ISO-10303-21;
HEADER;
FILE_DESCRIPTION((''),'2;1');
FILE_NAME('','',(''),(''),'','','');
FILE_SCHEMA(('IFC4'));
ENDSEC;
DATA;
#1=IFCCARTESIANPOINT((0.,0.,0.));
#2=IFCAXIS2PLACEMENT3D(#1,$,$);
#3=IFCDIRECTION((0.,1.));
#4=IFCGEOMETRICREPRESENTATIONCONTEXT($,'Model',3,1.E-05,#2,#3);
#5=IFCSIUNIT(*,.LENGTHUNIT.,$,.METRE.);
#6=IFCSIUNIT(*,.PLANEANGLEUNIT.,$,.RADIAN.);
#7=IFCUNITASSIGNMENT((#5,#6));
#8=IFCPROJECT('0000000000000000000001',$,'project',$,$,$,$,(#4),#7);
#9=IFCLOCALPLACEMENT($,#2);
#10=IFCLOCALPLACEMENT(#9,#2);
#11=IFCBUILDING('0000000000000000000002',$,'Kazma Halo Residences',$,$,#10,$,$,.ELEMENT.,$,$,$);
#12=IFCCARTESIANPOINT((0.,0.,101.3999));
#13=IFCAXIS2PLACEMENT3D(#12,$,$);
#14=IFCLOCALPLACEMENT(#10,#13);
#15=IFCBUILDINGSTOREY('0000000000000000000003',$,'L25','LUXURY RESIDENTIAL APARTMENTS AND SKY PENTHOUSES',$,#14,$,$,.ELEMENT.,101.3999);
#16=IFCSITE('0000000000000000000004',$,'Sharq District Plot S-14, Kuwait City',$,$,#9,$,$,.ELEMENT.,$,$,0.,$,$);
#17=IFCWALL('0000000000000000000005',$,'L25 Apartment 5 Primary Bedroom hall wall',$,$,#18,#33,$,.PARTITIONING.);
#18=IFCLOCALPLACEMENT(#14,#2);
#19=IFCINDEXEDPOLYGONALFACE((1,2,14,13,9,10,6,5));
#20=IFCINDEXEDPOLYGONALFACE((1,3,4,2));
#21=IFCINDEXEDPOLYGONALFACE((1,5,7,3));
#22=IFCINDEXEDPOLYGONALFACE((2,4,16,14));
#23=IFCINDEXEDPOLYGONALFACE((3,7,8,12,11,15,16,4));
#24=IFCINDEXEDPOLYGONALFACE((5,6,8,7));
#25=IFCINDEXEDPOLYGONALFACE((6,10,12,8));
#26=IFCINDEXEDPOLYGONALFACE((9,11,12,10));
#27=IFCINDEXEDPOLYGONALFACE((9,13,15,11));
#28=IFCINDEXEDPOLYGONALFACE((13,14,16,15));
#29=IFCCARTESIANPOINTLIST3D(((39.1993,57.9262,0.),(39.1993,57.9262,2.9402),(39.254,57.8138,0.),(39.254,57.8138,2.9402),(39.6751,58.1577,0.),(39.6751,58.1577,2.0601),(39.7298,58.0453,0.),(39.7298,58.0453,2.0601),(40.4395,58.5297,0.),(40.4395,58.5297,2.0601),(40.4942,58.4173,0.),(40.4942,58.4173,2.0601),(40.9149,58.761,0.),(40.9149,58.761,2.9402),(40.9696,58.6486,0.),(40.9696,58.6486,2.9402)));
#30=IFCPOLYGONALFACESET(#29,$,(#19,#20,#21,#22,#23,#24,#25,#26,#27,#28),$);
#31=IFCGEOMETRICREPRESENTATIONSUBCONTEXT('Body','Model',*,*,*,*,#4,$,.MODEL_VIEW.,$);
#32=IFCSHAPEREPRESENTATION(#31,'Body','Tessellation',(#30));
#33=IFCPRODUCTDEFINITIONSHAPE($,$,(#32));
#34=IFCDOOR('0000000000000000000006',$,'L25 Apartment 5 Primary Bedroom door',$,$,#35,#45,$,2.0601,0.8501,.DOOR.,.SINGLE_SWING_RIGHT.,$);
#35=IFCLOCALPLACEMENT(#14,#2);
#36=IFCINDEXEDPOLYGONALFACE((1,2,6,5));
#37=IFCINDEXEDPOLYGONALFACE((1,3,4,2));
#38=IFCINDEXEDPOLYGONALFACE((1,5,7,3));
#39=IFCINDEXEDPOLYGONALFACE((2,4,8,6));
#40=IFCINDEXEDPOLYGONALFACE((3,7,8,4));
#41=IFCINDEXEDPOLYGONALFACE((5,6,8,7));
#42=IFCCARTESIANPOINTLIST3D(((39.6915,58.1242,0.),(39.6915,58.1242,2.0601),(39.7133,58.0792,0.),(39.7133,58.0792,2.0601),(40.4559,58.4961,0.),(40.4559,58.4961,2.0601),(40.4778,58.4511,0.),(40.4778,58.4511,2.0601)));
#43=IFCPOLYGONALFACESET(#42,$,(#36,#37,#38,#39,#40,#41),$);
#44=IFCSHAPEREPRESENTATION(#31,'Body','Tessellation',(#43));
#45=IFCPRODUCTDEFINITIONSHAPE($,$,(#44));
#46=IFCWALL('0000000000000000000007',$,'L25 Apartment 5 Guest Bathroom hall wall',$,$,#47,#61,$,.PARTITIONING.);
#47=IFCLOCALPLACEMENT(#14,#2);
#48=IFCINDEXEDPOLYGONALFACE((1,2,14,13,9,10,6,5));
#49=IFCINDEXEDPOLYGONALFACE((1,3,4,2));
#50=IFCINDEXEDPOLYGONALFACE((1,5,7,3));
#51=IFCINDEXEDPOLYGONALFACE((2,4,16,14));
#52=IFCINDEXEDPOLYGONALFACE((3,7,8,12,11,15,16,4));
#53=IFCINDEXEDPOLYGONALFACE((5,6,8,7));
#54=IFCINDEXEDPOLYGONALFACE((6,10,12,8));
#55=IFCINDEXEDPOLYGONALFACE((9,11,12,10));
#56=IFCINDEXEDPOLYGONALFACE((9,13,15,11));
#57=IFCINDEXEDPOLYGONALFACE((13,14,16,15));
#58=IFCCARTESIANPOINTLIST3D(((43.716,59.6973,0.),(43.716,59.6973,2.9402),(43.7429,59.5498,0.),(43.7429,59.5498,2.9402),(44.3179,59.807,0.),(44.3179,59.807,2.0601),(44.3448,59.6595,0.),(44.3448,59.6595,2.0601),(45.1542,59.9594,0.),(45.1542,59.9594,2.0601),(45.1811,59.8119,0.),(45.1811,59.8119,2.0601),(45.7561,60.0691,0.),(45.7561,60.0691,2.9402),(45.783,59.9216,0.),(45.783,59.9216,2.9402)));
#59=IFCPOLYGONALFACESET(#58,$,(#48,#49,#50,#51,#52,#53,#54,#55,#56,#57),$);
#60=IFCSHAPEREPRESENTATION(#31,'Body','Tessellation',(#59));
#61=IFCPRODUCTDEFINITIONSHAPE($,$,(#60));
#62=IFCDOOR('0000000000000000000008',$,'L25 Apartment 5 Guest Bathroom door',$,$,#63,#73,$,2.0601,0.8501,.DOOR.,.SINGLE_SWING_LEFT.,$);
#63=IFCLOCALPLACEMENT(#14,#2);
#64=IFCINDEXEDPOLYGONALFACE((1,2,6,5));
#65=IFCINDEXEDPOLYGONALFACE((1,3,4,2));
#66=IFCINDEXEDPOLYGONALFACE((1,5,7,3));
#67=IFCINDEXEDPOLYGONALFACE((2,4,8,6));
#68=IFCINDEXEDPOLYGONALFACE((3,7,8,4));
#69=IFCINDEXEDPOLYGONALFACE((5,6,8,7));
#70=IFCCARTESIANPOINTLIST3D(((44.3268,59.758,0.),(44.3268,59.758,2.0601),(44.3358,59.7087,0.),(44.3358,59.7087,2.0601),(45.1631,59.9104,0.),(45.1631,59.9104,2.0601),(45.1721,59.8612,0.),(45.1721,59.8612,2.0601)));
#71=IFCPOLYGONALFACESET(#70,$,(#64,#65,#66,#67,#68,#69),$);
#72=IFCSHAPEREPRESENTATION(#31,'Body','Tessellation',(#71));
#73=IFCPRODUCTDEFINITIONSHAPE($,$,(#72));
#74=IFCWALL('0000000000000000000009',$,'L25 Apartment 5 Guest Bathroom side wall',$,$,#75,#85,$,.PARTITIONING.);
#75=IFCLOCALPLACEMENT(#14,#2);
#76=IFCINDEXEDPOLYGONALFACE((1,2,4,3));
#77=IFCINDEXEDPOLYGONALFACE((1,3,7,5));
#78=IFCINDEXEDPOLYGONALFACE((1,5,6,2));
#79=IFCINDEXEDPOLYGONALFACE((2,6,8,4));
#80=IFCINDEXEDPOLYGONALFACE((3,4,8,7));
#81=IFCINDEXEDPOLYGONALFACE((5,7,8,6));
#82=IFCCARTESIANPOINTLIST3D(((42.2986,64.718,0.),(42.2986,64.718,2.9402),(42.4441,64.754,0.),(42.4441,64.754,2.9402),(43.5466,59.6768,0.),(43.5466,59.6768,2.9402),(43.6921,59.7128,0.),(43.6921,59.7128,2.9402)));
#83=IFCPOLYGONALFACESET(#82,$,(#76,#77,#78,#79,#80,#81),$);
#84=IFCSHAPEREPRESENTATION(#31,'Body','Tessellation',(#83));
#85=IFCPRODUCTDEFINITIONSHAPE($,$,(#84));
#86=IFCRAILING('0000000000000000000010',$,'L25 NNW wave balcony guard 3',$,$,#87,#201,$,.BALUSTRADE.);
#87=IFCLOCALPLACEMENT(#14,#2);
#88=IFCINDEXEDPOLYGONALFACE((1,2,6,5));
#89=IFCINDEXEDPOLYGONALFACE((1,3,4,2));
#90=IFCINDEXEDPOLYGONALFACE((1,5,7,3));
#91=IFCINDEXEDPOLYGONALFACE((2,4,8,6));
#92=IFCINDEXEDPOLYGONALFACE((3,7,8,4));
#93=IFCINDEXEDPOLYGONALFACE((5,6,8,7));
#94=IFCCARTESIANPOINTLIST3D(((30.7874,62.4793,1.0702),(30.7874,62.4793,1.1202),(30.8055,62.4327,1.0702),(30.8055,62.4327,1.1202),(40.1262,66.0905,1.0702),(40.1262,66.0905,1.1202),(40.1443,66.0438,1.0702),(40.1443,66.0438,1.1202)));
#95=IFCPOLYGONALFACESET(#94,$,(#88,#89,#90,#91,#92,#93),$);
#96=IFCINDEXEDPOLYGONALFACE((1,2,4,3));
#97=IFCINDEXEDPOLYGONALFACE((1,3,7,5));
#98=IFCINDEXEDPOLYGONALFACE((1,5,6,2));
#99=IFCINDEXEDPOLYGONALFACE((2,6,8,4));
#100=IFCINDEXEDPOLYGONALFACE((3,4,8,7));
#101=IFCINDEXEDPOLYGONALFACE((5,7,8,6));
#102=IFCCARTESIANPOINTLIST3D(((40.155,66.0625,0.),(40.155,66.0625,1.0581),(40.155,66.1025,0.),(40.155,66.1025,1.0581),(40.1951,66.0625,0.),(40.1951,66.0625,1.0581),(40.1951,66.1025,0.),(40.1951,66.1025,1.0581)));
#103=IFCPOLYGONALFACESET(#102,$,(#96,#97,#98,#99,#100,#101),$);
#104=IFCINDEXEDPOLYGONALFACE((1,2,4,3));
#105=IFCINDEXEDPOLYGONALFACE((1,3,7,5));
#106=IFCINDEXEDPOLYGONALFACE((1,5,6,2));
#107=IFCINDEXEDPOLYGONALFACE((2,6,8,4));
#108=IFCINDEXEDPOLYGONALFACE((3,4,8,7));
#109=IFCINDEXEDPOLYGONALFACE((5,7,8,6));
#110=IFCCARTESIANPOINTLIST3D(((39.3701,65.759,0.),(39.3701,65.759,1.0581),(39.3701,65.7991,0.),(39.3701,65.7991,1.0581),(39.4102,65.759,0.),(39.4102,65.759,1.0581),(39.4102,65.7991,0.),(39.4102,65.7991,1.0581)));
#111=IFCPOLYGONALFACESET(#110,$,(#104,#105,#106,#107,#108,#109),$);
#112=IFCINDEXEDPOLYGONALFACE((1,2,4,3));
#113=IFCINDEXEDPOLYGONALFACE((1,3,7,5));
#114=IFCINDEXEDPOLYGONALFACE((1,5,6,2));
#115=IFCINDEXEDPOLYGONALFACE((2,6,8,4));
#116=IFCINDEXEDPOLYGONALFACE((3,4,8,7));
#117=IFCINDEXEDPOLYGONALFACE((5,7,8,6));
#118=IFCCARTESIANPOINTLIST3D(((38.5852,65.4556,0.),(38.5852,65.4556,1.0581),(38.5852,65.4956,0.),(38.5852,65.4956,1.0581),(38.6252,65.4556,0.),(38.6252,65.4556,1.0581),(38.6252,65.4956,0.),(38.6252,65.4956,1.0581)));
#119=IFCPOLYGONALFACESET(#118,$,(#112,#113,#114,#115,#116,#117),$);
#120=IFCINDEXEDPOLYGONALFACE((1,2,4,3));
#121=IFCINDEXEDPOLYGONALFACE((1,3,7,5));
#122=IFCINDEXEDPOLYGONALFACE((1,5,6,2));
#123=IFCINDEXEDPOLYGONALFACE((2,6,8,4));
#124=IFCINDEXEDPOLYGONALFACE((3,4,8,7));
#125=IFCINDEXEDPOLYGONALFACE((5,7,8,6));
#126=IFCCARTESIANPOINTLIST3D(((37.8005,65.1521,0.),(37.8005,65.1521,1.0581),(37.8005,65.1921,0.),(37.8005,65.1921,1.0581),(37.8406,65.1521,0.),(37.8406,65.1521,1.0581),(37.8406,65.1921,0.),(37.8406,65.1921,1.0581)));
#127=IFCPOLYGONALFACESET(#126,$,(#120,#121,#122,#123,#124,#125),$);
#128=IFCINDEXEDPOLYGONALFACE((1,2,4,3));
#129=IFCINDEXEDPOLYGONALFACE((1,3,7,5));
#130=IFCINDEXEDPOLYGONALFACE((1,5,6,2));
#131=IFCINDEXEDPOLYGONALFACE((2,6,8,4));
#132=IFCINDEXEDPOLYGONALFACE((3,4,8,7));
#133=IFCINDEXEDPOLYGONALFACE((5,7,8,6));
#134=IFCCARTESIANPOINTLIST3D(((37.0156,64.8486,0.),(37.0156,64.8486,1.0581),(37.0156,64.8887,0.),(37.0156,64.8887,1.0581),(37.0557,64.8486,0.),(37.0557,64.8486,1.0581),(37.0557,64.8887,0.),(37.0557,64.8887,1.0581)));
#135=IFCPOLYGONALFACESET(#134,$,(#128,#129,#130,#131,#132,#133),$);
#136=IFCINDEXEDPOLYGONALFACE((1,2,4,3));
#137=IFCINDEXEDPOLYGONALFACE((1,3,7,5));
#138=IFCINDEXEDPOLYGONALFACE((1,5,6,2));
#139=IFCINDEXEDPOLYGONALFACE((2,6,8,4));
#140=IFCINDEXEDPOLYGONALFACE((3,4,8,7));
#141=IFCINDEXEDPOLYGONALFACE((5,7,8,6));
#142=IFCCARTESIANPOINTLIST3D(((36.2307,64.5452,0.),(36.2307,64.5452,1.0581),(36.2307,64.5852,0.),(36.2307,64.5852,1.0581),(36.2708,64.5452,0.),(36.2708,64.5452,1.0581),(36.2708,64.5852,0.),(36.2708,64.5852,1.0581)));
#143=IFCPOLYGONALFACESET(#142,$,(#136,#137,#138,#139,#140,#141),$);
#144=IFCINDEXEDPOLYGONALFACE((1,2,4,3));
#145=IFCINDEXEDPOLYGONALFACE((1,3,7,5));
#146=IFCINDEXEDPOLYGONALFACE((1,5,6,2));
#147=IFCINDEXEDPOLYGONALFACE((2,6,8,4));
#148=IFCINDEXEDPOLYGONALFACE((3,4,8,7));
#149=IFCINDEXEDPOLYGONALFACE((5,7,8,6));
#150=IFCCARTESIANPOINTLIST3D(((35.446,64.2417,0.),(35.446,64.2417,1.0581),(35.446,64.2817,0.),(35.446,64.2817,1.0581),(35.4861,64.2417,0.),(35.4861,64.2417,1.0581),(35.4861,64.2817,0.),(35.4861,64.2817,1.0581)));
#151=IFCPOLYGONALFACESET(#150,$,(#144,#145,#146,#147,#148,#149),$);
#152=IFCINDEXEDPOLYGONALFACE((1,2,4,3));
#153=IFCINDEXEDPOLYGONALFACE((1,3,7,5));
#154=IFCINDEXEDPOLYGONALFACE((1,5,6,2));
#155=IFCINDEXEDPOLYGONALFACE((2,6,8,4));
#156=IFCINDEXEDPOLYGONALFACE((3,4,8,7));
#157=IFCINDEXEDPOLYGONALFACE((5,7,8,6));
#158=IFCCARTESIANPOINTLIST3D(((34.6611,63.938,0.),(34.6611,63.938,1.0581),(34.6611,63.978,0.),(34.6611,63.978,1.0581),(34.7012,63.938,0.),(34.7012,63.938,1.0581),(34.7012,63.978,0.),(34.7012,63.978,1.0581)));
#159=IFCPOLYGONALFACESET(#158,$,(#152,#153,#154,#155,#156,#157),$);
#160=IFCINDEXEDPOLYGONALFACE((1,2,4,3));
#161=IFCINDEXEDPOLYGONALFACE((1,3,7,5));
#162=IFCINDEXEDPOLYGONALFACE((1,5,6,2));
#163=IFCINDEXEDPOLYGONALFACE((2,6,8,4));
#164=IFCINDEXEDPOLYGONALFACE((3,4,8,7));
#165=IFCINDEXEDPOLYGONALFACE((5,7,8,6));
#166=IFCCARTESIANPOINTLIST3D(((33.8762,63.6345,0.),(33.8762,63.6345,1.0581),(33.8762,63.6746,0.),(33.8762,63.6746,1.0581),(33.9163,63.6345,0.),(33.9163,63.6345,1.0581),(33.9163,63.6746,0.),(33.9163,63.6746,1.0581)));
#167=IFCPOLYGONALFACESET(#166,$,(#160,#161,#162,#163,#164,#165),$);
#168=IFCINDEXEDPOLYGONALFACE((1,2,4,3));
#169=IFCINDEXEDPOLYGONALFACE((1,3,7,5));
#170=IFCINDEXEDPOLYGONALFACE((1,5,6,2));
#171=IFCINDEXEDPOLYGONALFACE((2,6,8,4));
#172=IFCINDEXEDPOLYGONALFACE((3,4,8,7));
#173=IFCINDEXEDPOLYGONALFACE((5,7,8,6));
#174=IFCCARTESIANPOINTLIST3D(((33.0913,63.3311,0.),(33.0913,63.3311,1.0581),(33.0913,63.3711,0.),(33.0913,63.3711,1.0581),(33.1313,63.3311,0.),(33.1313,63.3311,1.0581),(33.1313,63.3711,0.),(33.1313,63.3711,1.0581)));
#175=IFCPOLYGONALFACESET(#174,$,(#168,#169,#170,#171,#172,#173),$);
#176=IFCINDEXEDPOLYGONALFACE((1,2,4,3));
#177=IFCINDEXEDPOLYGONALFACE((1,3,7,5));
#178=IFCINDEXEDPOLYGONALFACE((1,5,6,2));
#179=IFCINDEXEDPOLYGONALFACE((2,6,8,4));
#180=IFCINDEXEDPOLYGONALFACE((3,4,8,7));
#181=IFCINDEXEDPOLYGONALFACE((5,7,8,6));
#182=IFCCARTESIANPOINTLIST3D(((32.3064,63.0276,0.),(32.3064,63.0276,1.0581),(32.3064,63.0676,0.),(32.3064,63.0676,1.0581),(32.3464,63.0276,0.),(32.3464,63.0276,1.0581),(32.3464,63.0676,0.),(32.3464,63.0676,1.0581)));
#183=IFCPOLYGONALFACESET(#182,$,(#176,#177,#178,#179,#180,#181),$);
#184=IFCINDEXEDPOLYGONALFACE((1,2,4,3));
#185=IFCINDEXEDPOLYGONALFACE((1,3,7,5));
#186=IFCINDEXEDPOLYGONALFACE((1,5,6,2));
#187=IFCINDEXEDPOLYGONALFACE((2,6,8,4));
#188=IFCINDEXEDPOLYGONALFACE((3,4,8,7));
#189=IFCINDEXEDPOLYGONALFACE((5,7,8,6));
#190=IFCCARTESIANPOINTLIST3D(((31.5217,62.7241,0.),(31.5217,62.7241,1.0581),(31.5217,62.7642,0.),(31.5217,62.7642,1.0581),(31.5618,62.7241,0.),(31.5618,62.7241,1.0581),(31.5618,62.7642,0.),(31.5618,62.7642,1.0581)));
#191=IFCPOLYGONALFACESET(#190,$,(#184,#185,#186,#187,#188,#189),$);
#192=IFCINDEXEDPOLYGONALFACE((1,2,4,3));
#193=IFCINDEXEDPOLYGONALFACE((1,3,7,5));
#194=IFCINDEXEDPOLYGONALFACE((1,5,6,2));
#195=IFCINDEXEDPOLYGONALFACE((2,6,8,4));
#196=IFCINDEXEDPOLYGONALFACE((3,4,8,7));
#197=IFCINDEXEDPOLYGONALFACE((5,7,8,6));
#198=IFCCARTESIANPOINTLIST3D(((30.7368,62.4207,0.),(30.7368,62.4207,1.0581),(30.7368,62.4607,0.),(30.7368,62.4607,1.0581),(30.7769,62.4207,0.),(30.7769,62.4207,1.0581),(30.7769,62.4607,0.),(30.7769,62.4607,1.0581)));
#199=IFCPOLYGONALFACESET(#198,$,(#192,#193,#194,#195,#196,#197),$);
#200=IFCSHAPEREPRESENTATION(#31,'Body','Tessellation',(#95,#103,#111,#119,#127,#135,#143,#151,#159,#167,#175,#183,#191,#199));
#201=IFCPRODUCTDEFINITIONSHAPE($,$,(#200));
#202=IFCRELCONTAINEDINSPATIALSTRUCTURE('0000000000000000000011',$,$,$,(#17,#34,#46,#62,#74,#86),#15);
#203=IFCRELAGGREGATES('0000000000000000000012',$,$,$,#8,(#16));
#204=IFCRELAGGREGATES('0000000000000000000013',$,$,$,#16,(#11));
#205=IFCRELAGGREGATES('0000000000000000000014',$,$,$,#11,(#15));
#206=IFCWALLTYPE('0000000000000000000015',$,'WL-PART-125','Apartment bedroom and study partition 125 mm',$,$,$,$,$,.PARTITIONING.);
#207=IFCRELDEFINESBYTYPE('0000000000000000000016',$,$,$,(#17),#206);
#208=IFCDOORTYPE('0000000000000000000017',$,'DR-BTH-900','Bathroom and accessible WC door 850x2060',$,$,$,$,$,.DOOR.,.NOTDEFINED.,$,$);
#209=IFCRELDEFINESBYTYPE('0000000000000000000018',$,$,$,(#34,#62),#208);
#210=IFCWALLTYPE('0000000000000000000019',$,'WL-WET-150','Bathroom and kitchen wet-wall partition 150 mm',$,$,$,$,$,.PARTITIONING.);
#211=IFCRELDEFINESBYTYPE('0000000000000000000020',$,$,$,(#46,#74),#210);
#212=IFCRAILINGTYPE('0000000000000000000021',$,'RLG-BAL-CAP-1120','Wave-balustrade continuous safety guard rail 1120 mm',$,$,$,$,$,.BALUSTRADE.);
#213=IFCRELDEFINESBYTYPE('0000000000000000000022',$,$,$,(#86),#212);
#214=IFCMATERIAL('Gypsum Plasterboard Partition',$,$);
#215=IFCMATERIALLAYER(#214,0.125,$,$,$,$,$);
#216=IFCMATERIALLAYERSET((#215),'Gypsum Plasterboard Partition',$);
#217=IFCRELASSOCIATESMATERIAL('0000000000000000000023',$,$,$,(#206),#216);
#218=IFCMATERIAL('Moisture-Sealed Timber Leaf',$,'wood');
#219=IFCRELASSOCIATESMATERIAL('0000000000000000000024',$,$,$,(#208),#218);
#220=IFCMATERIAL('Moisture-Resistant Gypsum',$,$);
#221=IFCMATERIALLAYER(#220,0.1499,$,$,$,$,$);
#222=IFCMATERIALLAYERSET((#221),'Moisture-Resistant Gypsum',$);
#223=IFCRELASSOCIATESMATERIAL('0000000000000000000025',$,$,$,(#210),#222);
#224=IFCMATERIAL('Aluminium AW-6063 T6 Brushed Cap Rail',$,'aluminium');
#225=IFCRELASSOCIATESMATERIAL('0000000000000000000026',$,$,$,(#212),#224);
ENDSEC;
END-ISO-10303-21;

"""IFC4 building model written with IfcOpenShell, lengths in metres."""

from ifc_helpers import new_model, si_unit, direction, frame, frame_2d, origin, origin_2d, place, context, subcontext, project, spatial, rectangle, extrude, material, layer, layer_set, type_object, element, fill, save


model = new_model("IFC4")

# Units and contexts
model_context = context("Model", 3, precision=1e-05, world=origin(), true_north=direction((0.0, 1.0)))
body_context = subcontext(model_context, "Body", "Model", "MODEL_VIEW")
ifc_project = project(units=[si_unit("LENGTHUNIT", "METRE"), si_unit("PLANEANGLEUNIT", "RADIAN")], contexts=[model_context])

# Site, building, storey
site_placement = place(None, origin())
site = spatial("IfcSite", under=ifc_project, at=site_placement, Name="Sharq District Plot S-14, Kuwait City", CompositionType="ELEMENT", RefElevation=0.0)
building_placement = place(site_placement, origin())
building = spatial("IfcBuilding", under=site, at=building_placement, Name="Kazma Halo Residences", CompositionType="ELEMENT")
storey_placement = place(building_placement, frame((0.0, 0.0, 101.3999)))
storey = spatial("IfcBuildingStorey", under=building, at=storey_placement, Name="L25", Description="LUXURY RESIDENTIAL APARTMENTS AND SKY PENTHOUSES", CompositionType="ELEMENT", Elevation=101.3999)

# Shared definitions
ifc_material_1 = material(Name="Gypsum Plasterboard Partition")
ifc_layer_1 = layer(ifc_material_1, 0.125)
ifc_layer_set_1 = layer_set([ifc_layer_1], Name="Gypsum Plasterboard Partition")
wall_type_1 = type_object("IfcWallType", Name="WL-PART-125", Description="Apartment bedroom and study partition 125 mm", PredefinedType="PARTITIONING", material=ifc_layer_set_1)

# Walls, openings, doors
ifc_material_2 = material(Name="Moisture-Sealed Timber Leaf", Category="wood")
door_type_1 = type_object("IfcDoorType", Name="DR-BTH-900", Description="Bathroom and accessible WC door 850x2060", OperationType="NOTDEFINED", PredefinedType="DOOR", material=ifc_material_2)
wall_1_placement = place(storey_placement, frame((40.9424, 58.7048, 0.0), z_axis=(0.0, 0.0, 1.0), x_axis=(-0.899212, -0.437513, 0.0)))
wall_1 = element("IfcWall", 1, at=wall_1_placement, inside=storey, type_object=wall_type_1, Name="L25 Apartment 5 Primary Bedroom hall wall", PredefinedType="PARTITIONING", context=body_context, shape_type="SweptSolid", body=[
    extrude(rectangle(XDim=1.908, YDim=0.125, at=frame_2d((0.9541, 0.0))), origin(), (0.0, 0.0, 1.0), 2.9402),
])
opening_1_placement = place(wall_1_placement, frame((0.5288, 0.0, 0.0)))
opening_1 = element("IfcOpeningElement", 2, at=opening_1_placement, cuts=wall_1, PredefinedType="OPENING", context=body_context, shape_type="SweptSolid", body=[
    extrude(rectangle(XDim=0.8501, YDim=2.0601, at=frame_2d((0.425, 1.03))), frame((0.0, 0.0725, 0.0), z_axis=(0.0, -1.0, 0.0), x_axis=(1.0, 0.0, 0.0)), (0.0, 0.0, 1.0), 0.145),
])
door_1_placement = place(opening_1_placement, origin())
door_1 = element("IfcDoor", 3, at=door_1_placement, inside=storey, type_object=door_type_1, Name="L25 Apartment 5 Primary Bedroom door", OperationType="SINGLE_SWING_RIGHT", OverallHeight=2.0601, OverallWidth=0.8501, PredefinedType="DOOR", context=body_context, shape_type="SweptSolid", body=[
    extrude(rectangle(XDim=0.8501, YDim=2.0601, at=frame_2d((0.425, 1.03))), frame((0.0, 0.0249, 0.0), z_axis=(0.0, -1.0, 0.0), x_axis=(1.0, 0.0, 0.0)), (0.0, 0.0, 1.0), 0.05),
])
fill(opening_1, door_1)
ifc_material_3 = material(Name="Moisture-Resistant Gypsum")
ifc_layer_2 = layer(ifc_material_3, 0.1499)
ifc_layer_set_2 = layer_set([ifc_layer_2], Name="Moisture-Resistant Gypsum")
wall_type_2 = type_object("IfcWallType", Name="WL-WET-150", Description="Bathroom and kitchen wet-wall partition 150 mm", PredefinedType="PARTITIONING", material=ifc_layer_set_2)
wall_2_placement = place(storey_placement, frame((45.7695, 59.9954, 0.0), z_axis=(0.0, 0.0, 1.0), x_axis=(-0.983793, -0.17931, 0.0)))
wall_2 = element("IfcWall", 4, at=wall_2_placement, inside=storey, type_object=wall_type_2, Name="L25 Apartment 5 Guest Bathroom hall wall", PredefinedType="PARTITIONING", context=body_context, shape_type="SweptSolid", body=[
    extrude(rectangle(XDim=2.0737, YDim=0.1499, at=frame_2d((1.0369, 0.0))), origin(), (0.0, 0.0, 1.0), 2.9402),
])
opening_2_placement = place(wall_2_placement, frame((0.6118, 0.0, 0.0)))
opening_2 = element("IfcOpeningElement", 5, at=opening_2_placement, cuts=wall_2, PredefinedType="OPENING", context=body_context, shape_type="SweptSolid", body=[
    extrude(rectangle(XDim=0.8501, YDim=2.0601, at=frame_2d((0.425, 1.03))), frame((0.0, 0.085, 0.0), z_axis=(0.0, -1.0, 0.0), x_axis=(1.0, 0.0, 0.0)), (0.0, 0.0, 1.0), 0.1699),
])
door_2_placement = place(opening_2_placement, origin())
door_2 = element("IfcDoor", 6, at=door_2_placement, inside=storey, type_object=door_type_1, Name="L25 Apartment 5 Guest Bathroom door", OperationType="SINGLE_SWING_LEFT", OverallHeight=2.0601, OverallWidth=0.8501, PredefinedType="DOOR", context=body_context, shape_type="SweptSolid", body=[
    extrude(rectangle(XDim=0.8501, YDim=2.0601, at=frame_2d((0.425, 1.03))), frame((0.0, 0.0249, 0.0), z_axis=(0.0, -1.0, 0.0), x_axis=(1.0, 0.0, 0.0)), (0.0, 0.0, 1.0), 0.05),
])
fill(opening_2, door_2)

# Wall
wall_3_placement = place(storey_placement, frame((43.6194, 59.6948, 0.0), z_axis=(0.0, 0.0, 1.0), x_axis=(-0.240312, 0.970696, 0.0)))
element("IfcWall", 7, at=wall_3_placement, inside=storey, type_object=wall_type_2, Name="L25 Apartment 5 Guest Bathroom side wall", PredefinedType="PARTITIONING", context=body_context, shape_type="SweptSolid", body=[
    extrude(rectangle(XDim=5.1934, YDim=0.1499, at=frame_2d((2.5967, 0.0))), origin(), (0.0, 0.0, 1.0), 2.9402),
])

# Railing
ifc_material_4 = material(Name="Aluminium AW-6063 T6 Brushed Cap Rail", Category="aluminium")
railing_type = type_object("IfcRailingType", Name="RLG-BAL-CAP-1120", Description="Wave-balustrade continuous safety guard rail 1120 mm", PredefinedType="BALUSTRADE", material=ifc_material_4)
railing_placement = place(storey_placement, frame((40.175, 66.0825, 0.0)))
element("IfcRailing", 8, at=railing_placement, inside=storey, type_object=railing_type, Name="L25 NNW wave balcony guard 3", PredefinedType="BALUSTRADE", context=body_context, shape_type="SweptSolid", body=[
    extrude(rectangle(XDim=0.05, YDim=0.05, at=origin_2d()), frame((-0.0398, -0.0154, 1.0952), z_axis=(-0.932699, -0.360657, 0.0), x_axis=(0.360657, -0.932699, 0.0)), (0.0, 0.0, 1.0), 10.0127),
    extrude(rectangle(XDim=0.04, YDim=0.04, at=origin_2d()), origin(), (0.0, 0.0, 1.0), 1.0581),
    extrude(rectangle(XDim=0.04, YDim=0.04, at=origin_2d()), frame((-0.7849, -0.3035, 0.0)), (0.0, 0.0, 1.0), 1.0581),
    extrude(rectangle(XDim=0.04, YDim=0.04, at=origin_2d()), frame((-1.5698, -0.6069, 0.0)), (0.0, 0.0, 1.0), 1.0581),
    extrude(rectangle(XDim=0.04, YDim=0.04, at=origin_2d()), frame((-2.3545, -0.9104, 0.0)), (0.0, 0.0, 1.0), 1.0581),
    extrude(rectangle(XDim=0.04, YDim=0.04, at=origin_2d()), frame((-3.1394, -1.2139, 0.0)), (0.0, 0.0, 1.0), 1.0581),
    extrude(rectangle(XDim=0.04, YDim=0.04, at=origin_2d()), frame((-3.9243, -1.5173, 0.0)), (0.0, 0.0, 1.0), 1.0581),
    extrude(rectangle(XDim=0.04, YDim=0.04, at=origin_2d()), frame((-4.709, -1.8208, 0.0)), (0.0, 0.0, 1.0), 1.0581),
    extrude(rectangle(XDim=0.04, YDim=0.04, at=origin_2d()), frame((-5.4939, -2.1245, 0.0)), (0.0, 0.0, 1.0), 1.0581),
    extrude(rectangle(XDim=0.04, YDim=0.04, at=origin_2d()), frame((-6.2788, -2.428, 0.0)), (0.0, 0.0, 1.0), 1.0581),
    extrude(rectangle(XDim=0.04, YDim=0.04, at=origin_2d()), frame((-7.0637, -2.7314, 0.0)), (0.0, 0.0, 1.0), 1.0581),
    extrude(rectangle(XDim=0.04, YDim=0.04, at=origin_2d()), frame((-7.8486, -3.0349, 0.0)), (0.0, 0.0, 1.0), 1.0581),
    extrude(rectangle(XDim=0.04, YDim=0.04, at=origin_2d()), frame((-8.6333, -3.3384, 0.0)), (0.0, 0.0, 1.0), 1.0581),
    extrude(rectangle(XDim=0.04, YDim=0.04, at=origin_2d()), frame((-9.4182, -3.6418, 0.0)), (0.0, 0.0, 1.0), 1.0581),
])

save(model, "model.ifc")
